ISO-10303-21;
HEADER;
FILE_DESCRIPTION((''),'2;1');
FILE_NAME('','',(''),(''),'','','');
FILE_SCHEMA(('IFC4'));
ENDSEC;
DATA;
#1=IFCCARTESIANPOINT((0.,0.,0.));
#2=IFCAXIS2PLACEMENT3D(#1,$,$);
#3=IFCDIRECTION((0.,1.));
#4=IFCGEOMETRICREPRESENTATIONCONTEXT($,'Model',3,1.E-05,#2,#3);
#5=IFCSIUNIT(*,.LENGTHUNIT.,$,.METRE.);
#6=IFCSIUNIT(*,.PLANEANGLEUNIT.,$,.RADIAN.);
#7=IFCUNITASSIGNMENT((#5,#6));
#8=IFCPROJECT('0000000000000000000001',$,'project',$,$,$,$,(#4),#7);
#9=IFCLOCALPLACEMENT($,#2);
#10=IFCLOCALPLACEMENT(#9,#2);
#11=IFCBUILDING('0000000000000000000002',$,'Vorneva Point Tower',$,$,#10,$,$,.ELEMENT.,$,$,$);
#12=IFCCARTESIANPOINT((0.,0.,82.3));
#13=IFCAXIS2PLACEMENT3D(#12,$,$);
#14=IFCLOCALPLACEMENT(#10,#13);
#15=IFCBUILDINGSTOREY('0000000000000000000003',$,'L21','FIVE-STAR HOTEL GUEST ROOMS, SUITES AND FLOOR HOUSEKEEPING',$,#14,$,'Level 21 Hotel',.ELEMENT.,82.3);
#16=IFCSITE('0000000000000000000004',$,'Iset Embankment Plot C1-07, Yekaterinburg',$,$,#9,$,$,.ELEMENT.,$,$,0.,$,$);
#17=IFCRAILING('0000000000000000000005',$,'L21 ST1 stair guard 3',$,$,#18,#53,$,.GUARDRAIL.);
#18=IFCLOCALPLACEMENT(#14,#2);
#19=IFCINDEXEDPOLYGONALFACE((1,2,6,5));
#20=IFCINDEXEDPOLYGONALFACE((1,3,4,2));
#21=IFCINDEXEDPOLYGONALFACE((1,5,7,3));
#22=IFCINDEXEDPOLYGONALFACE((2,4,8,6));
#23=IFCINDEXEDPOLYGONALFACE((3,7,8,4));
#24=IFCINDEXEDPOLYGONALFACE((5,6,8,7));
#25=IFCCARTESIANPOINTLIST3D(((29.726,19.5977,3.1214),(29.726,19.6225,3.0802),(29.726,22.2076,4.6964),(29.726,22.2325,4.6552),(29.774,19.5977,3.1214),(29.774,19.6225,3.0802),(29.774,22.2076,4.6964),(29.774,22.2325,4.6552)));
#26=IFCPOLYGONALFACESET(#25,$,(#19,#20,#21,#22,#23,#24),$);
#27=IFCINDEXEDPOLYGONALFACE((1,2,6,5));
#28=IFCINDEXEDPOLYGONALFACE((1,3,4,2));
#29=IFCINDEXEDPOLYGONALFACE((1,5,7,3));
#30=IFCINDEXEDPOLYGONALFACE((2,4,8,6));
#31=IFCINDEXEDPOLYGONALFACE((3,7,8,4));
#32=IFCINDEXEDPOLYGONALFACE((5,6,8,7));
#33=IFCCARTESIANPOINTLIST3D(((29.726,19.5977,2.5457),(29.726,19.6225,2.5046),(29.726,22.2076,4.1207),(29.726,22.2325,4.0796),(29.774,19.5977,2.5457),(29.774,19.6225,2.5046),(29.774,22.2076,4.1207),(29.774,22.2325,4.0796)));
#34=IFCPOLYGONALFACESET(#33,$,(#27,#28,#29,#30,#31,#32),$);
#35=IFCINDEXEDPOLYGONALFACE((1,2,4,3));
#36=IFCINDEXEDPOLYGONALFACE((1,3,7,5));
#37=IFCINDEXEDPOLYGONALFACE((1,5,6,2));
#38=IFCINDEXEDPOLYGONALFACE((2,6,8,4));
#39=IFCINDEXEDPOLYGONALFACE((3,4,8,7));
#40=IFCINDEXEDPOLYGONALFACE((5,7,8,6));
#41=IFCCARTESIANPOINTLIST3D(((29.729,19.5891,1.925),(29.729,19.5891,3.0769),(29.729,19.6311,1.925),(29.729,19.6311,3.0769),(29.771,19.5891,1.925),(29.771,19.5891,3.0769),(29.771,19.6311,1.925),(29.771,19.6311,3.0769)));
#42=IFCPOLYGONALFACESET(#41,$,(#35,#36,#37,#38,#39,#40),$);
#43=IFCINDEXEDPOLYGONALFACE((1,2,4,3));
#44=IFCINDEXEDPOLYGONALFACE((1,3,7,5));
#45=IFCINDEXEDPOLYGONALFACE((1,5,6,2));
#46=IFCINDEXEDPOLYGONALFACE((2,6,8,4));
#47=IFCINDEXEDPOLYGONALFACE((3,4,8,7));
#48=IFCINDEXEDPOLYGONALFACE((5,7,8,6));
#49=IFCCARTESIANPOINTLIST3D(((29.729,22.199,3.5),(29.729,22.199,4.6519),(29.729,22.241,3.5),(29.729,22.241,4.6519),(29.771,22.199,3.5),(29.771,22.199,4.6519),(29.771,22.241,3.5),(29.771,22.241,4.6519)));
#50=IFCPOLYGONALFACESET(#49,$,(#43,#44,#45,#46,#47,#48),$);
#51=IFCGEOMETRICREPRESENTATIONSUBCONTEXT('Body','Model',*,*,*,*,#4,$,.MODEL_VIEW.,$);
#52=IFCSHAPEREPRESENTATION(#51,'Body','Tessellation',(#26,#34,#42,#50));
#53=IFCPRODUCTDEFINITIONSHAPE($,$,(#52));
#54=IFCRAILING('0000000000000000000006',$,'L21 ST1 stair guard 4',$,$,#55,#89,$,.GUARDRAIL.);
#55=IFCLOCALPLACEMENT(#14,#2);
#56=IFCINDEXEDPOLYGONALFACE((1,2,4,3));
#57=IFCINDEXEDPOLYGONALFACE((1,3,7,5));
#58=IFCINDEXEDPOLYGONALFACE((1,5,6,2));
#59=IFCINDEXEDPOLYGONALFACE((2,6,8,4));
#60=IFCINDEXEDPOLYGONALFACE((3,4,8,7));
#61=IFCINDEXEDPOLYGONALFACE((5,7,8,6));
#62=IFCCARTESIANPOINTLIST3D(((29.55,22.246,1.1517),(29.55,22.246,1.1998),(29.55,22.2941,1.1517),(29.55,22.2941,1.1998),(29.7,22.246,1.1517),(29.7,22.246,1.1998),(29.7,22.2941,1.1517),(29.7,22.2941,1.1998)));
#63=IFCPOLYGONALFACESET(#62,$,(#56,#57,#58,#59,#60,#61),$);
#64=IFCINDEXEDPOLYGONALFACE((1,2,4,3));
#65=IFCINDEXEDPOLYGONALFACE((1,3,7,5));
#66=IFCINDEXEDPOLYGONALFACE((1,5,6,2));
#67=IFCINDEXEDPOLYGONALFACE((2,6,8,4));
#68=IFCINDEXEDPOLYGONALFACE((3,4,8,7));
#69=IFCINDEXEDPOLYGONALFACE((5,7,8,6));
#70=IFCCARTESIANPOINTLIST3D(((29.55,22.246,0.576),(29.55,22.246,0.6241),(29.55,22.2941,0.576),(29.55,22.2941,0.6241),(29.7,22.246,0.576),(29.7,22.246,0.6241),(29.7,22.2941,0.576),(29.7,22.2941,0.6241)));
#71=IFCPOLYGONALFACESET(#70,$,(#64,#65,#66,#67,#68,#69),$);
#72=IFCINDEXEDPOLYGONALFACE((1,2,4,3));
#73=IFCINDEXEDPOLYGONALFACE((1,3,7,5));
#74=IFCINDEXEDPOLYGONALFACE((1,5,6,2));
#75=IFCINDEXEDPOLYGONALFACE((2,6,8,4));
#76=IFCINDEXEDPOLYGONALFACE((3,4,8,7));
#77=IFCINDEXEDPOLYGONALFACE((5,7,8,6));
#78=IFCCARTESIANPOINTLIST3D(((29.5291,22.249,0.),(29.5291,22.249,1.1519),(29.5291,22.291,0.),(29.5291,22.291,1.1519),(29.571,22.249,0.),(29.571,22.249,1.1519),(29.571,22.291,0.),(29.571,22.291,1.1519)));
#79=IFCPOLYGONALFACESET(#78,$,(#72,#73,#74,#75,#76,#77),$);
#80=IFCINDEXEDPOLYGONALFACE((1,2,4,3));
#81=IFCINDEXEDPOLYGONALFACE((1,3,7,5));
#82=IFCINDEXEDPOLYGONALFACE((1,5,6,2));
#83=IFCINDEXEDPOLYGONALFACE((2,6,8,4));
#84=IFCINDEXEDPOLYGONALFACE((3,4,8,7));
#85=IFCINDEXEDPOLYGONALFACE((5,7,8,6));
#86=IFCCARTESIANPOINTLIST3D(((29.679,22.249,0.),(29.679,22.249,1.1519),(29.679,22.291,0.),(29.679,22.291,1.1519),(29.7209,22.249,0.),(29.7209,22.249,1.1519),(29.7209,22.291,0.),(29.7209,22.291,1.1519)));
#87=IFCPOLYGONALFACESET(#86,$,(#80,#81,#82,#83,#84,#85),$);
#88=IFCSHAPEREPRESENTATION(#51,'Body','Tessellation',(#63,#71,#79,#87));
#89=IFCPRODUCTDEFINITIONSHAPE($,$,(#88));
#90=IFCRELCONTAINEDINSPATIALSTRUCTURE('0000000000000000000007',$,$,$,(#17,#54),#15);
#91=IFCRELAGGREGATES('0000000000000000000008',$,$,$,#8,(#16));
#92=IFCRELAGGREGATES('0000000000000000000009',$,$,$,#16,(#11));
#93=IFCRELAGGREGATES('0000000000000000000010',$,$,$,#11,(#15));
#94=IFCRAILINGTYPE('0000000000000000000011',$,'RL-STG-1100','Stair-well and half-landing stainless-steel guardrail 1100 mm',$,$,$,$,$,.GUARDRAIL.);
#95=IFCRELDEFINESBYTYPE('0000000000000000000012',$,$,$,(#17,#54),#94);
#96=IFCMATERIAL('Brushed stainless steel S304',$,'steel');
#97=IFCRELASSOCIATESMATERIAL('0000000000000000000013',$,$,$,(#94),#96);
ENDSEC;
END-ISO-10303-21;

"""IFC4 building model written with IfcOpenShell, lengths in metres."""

from ifc_helpers import new_model, si_unit, direction, frame, origin, origin_2d, place, context, subcontext, project, spatial, rectangle, extrude, material, type_object, element, save


model = new_model("IFC4")

# Units and contexts
model_context = context("Model", 3, precision=1e-05, world=origin(), true_north=direction((0.0, 1.0)))
body_context = subcontext(model_context, "Body", "Model", "MODEL_VIEW")
ifc_project = project(units=[si_unit("LENGTHUNIT", "METRE"), si_unit("PLANEANGLEUNIT", "RADIAN")], contexts=[model_context])

# Site, building, storey
site_placement = place(None, origin())
site = spatial("IfcSite", under=ifc_project, at=site_placement, Name="Iset Embankment Plot C1-07, Yekaterinburg", CompositionType="ELEMENT", RefElevation=0.0)
building_placement = place(site_placement, origin())
building = spatial("IfcBuilding", under=site, at=building_placement, Name="Vorneva Point Tower", CompositionType="ELEMENT")
storey_placement = place(building_placement, frame((0.0, 0.0, 82.3)))
storey = spatial("IfcBuildingStorey", under=building, at=storey_placement, Name="L21", Description="FIVE-STAR HOTEL GUEST ROOMS, SUITES AND FLOOR HOUSEKEEPING", LongName="Level 21 Hotel", CompositionType="ELEMENT", Elevation=82.3)

# Railings
ifc_material_1 = material(Name="Brushed stainless steel S304", Category="steel")
railing_type_1 = type_object("IfcRailingType", Name="RL-STG-1100", Description="Stair-well and half-landing stainless-steel guardrail 1100 mm", PredefinedType="GUARDRAIL", material=ifc_material_1)
railing_1_placement = place(storey_placement, frame((29.75, 19.6101, 1.925)))
element("IfcRailing", 1, at=railing_1_placement, inside=storey, type_object=railing_type_1, Name="L21 ST1 stair guard 3", PredefinedType="GUARDRAIL", context=body_context, shape_type="SweptSolid", body=[
    extrude(rectangle(XDim=0.0481, YDim=0.0481, at=origin_2d()), frame((0.0, 0.0, 1.1758), z_axis=(0.0, 0.856183, 0.516673), x_axis=(-1.0, 0.0, 0.0)), (0.0, 0.0, 1.0), 3.0483),
    extrude(rectangle(XDim=0.0481, YDim=0.0481, at=origin_2d()), frame((0.0, 0.0, 0.6001), z_axis=(0.0, 0.856183, 0.516673), x_axis=(-1.0, 0.0, 0.0)), (0.0, 0.0, 1.0), 3.0483),
    extrude(rectangle(XDim=0.042, YDim=0.042, at=origin_2d()), origin(), (0.0, 0.0, 1.0), 1.1519),
    extrude(rectangle(XDim=0.042, YDim=0.042, at=origin_2d()), frame((0.0, 2.6099, 1.575)), (0.0, 0.0, 1.0), 1.1519),
])
railing_2_placement = place(storey_placement, frame((29.55, 22.27, 0.0)))
element("IfcRailing", 2, at=railing_2_placement, inside=storey, type_object=railing_type_1, Name="L21 ST1 stair guard 4", PredefinedType="GUARDRAIL", context=body_context, shape_type="SweptSolid", body=[
    extrude(rectangle(XDim=0.0481, YDim=0.0481, at=origin_2d()), frame((0.0, 0.0, 1.1758), z_axis=(1.0, 0.0, 0.0), x_axis=(0.0, 1.0, 0.0)), (0.0, 0.0, 1.0), 0.1499),
    extrude(rectangle(XDim=0.0481, YDim=0.0481, at=origin_2d()), frame((0.0, 0.0, 0.6001), z_axis=(1.0, 0.0, 0.0), x_axis=(0.0, 1.0, 0.0)), (0.0, 0.0, 1.0), 0.1499),
    extrude(rectangle(XDim=0.042, YDim=0.042, at=origin_2d()), origin(), (0.0, 0.0, 1.0), 1.1519),
    extrude(rectangle(XDim=0.042, YDim=0.042, at=origin_2d()), frame((0.1499, 0.0, 0.0)), (0.0, 0.0, 1.0), 1.1519),
])

save(model, "model.ifc")
